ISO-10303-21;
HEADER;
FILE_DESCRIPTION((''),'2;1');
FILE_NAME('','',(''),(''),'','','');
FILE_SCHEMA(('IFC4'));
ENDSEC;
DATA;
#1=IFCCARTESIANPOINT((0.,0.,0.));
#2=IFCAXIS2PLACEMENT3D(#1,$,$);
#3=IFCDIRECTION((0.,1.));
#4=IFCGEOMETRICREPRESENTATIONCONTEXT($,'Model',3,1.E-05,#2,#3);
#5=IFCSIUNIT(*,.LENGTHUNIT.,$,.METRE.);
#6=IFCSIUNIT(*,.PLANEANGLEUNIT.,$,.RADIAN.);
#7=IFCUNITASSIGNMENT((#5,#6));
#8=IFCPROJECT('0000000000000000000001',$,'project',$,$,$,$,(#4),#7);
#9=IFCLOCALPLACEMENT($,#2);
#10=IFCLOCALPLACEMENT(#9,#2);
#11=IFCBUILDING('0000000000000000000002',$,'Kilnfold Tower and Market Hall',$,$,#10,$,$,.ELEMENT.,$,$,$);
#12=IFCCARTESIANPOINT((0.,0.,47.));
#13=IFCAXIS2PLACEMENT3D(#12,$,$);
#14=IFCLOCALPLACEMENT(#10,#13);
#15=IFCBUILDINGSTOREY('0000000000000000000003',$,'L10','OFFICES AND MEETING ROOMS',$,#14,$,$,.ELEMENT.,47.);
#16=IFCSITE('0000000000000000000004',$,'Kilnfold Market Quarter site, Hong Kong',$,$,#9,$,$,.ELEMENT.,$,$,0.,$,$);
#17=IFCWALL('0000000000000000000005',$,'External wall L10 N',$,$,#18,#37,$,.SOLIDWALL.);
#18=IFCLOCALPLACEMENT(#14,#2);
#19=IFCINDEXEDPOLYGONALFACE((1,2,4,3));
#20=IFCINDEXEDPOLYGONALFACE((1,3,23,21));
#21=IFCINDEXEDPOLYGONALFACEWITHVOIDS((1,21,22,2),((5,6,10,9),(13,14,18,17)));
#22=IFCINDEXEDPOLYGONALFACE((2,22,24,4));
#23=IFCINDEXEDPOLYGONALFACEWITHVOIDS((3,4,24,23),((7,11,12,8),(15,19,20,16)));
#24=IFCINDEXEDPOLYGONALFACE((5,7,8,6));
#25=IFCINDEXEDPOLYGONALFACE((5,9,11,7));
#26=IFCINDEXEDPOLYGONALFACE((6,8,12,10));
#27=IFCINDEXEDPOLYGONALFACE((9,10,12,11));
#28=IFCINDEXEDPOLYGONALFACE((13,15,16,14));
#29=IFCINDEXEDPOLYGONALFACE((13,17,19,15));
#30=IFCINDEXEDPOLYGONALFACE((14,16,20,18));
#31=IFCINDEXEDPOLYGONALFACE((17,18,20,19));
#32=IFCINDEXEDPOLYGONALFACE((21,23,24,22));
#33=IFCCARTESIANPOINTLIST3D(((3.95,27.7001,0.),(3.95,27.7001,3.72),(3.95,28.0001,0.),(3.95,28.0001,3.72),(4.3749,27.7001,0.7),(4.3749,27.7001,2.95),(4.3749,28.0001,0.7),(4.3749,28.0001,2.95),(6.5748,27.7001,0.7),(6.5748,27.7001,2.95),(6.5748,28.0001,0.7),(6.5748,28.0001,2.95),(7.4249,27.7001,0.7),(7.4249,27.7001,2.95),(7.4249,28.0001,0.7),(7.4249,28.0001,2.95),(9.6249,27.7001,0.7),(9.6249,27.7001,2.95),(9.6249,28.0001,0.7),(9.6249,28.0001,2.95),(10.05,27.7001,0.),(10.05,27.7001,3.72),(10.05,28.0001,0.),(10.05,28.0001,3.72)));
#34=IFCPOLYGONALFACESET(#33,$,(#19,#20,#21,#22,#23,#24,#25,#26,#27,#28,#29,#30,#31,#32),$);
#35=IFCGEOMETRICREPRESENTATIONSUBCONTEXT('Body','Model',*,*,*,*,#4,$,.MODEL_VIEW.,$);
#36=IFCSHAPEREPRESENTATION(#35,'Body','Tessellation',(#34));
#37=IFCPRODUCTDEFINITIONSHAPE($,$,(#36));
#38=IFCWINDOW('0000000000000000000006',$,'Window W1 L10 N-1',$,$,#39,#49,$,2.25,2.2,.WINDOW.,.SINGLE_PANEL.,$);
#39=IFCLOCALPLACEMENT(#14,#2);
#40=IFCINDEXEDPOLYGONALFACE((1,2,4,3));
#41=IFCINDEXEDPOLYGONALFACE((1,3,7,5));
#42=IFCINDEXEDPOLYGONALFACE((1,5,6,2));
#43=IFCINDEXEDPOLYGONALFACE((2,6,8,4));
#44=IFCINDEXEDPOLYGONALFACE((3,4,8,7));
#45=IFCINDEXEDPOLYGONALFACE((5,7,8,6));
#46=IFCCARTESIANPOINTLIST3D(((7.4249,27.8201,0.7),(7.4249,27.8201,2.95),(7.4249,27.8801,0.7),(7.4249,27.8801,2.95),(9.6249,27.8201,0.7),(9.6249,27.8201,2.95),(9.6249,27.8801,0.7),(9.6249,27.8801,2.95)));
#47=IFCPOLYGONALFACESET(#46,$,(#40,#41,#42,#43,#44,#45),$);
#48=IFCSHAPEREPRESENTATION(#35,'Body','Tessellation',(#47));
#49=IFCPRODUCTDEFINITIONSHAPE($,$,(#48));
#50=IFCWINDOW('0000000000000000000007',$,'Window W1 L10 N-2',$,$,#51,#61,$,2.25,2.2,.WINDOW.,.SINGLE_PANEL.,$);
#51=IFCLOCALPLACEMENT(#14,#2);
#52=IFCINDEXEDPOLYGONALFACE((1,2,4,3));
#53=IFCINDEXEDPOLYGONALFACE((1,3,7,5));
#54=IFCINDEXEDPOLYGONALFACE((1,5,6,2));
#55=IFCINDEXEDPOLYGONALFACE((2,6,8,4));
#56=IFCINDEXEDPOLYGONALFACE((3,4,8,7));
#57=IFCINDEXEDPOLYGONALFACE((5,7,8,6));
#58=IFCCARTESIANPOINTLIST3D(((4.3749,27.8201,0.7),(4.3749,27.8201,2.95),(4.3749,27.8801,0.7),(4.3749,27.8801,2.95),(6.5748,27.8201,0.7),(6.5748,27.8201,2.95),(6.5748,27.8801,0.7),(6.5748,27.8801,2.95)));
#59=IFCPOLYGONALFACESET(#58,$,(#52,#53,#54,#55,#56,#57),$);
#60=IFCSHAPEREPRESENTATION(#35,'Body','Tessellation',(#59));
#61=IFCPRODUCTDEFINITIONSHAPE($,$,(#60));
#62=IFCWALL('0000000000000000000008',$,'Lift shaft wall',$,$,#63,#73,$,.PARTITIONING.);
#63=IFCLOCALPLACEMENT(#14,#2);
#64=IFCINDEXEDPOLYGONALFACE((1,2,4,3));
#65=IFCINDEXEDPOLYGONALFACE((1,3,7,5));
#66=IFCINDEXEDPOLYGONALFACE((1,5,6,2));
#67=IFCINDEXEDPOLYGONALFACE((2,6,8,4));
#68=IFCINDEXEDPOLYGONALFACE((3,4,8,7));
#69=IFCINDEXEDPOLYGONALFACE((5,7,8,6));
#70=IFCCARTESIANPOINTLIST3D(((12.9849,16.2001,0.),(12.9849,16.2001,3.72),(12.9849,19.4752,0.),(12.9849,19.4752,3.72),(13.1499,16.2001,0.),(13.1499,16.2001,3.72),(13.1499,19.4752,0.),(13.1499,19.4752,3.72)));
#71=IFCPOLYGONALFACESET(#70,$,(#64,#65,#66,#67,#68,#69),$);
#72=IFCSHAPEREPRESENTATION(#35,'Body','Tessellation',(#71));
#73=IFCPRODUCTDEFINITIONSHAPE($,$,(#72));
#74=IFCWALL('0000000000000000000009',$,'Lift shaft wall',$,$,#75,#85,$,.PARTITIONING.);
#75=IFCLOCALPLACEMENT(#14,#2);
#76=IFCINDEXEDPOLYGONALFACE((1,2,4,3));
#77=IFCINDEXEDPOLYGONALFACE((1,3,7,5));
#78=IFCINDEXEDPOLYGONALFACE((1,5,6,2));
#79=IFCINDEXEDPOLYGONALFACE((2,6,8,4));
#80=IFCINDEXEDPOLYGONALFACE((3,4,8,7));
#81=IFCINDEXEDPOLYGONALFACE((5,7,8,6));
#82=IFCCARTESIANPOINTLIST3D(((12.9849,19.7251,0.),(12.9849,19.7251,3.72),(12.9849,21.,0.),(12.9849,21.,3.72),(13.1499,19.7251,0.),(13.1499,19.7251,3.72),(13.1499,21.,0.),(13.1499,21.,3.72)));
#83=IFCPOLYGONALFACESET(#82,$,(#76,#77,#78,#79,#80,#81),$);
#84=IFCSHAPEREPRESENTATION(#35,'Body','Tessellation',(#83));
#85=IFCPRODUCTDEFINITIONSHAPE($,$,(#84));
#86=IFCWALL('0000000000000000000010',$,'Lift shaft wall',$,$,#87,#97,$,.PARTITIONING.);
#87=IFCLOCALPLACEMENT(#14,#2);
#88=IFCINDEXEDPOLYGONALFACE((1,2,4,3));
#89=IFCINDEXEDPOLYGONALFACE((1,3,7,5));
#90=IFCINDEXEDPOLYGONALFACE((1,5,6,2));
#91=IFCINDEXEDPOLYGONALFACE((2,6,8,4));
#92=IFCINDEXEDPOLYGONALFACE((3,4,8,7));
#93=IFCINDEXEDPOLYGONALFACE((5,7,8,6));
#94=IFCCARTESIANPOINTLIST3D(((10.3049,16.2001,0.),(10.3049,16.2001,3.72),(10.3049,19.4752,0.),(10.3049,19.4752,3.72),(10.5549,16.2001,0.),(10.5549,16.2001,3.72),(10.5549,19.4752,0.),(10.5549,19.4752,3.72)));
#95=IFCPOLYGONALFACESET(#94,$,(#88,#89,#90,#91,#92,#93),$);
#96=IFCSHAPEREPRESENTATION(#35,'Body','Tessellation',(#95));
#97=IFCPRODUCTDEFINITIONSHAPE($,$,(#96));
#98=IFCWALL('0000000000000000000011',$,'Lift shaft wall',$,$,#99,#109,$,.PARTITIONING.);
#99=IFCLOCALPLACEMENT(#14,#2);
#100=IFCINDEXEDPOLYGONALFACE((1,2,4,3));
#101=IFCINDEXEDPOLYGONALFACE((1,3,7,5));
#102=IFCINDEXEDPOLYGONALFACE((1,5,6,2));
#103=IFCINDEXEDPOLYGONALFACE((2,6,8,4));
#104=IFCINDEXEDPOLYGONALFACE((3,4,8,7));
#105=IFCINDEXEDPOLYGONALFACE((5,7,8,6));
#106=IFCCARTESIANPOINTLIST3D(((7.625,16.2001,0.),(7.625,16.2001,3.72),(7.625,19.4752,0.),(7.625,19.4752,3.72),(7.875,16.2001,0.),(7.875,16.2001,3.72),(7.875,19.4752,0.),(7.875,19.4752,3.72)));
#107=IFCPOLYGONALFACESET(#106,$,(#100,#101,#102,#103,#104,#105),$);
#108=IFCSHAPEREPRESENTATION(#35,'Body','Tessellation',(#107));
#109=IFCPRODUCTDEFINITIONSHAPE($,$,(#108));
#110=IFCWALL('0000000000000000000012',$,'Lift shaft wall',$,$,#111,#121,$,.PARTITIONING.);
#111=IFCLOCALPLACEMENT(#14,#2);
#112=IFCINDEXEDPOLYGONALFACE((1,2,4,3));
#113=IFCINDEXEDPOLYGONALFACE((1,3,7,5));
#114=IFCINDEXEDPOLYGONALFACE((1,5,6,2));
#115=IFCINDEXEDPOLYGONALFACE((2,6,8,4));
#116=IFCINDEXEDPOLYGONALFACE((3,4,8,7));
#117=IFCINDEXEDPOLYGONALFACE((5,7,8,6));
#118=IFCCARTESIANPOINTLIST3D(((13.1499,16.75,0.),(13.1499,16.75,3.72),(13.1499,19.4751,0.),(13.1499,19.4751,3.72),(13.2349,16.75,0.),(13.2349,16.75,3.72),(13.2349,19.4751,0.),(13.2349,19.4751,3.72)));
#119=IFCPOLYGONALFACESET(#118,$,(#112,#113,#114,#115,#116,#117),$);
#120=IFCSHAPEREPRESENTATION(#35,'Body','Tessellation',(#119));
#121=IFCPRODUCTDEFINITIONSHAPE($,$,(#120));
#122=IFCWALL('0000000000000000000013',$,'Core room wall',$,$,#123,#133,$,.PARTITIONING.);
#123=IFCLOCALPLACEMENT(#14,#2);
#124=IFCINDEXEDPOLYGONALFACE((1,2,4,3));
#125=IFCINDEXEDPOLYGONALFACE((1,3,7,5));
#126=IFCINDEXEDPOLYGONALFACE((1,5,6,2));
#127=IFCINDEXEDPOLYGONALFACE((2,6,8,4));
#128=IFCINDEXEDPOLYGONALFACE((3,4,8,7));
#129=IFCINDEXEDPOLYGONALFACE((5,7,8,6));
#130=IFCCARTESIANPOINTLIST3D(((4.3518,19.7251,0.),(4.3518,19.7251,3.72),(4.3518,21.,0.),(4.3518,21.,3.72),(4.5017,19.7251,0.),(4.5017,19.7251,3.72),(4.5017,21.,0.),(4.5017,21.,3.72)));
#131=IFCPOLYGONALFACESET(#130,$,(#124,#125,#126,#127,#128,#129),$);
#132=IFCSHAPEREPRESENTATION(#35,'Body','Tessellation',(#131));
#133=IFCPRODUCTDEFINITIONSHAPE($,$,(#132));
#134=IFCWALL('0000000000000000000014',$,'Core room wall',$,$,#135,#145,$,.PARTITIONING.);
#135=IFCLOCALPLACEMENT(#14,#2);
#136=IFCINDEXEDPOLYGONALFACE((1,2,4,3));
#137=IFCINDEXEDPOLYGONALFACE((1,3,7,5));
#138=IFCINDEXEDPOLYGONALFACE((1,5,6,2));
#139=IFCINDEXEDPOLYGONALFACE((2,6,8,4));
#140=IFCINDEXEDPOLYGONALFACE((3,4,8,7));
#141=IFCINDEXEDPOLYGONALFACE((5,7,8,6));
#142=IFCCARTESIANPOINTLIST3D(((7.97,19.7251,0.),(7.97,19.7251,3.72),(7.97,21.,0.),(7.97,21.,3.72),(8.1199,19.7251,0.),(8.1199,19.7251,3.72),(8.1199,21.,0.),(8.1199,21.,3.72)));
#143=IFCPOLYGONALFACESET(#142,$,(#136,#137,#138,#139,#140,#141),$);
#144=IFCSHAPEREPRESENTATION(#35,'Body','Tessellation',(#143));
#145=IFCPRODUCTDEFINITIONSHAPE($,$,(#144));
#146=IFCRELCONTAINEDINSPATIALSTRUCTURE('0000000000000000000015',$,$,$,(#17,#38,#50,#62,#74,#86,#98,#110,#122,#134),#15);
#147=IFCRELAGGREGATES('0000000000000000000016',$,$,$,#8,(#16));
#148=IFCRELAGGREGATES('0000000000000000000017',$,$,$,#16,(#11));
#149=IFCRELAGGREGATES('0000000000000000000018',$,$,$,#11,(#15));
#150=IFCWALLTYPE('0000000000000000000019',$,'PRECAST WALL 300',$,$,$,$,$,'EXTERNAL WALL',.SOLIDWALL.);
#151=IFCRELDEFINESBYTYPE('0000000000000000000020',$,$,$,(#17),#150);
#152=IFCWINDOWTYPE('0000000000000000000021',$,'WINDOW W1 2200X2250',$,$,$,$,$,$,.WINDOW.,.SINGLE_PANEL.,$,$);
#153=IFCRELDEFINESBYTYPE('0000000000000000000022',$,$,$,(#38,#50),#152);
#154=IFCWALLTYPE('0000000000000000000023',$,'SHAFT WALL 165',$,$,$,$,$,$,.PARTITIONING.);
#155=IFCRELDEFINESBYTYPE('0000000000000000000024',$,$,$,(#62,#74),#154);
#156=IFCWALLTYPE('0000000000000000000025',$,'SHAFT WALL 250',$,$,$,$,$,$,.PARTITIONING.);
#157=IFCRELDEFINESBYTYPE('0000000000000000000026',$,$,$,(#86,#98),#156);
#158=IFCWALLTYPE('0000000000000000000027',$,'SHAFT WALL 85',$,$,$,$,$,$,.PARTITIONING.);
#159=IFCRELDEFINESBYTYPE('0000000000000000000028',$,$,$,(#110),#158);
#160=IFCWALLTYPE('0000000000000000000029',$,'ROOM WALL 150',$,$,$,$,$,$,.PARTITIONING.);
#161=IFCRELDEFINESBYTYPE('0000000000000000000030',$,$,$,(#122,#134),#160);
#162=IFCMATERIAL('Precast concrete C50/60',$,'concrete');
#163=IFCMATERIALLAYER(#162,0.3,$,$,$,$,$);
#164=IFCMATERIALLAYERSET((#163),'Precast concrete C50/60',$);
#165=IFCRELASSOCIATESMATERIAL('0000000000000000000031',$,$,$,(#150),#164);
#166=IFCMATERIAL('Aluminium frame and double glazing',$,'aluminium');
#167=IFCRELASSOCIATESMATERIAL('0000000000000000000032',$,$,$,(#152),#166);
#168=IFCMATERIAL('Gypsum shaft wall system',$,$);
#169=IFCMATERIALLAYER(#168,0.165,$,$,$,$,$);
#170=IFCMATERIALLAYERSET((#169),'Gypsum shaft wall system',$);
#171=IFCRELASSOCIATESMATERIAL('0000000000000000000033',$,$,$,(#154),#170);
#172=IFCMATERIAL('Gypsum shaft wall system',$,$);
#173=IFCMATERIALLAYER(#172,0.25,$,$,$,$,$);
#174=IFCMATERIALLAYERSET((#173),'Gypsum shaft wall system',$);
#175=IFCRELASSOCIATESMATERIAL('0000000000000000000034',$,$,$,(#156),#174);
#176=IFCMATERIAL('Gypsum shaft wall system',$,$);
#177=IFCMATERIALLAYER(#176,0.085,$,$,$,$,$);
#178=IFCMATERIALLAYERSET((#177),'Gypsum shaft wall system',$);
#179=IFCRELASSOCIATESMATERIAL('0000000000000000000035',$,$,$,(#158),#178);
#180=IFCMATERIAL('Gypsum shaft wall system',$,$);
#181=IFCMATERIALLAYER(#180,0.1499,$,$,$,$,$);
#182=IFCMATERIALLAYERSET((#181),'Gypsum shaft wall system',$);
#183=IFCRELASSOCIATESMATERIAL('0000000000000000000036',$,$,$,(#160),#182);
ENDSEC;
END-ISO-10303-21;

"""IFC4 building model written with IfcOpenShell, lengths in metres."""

from ifc_helpers import new_model, si_unit, direction, frame, frame_2d, origin, place, context, subcontext, project, spatial, rectangle, extrude, source, transform, mapped, material, layer, layer_set, type_object, element, fill, save


model = new_model("IFC4")

# Units and contexts
model_context = context("Model", 3, precision=1e-05, world=origin(), true_north=direction((0.0, 1.0)))
body_context = subcontext(model_context, "Body", "Model", "MODEL_VIEW")
ifc_project = project(units=[si_unit("LENGTHUNIT", "METRE"), si_unit("PLANEANGLEUNIT", "RADIAN")], contexts=[model_context])

# Site, building, storey
site_placement = place(None, origin())
site = spatial("IfcSite", under=ifc_project, at=site_placement, Name="Kilnfold Market Quarter site, Hong Kong", CompositionType="ELEMENT", RefElevation=0.0)
building_placement = place(site_placement, origin())
building = spatial("IfcBuilding", under=site, at=building_placement, Name="Kilnfold Tower and Market Hall", CompositionType="ELEMENT")
storey_placement = place(building_placement, frame((0.0, 0.0, 47.0)))
storey = spatial("IfcBuildingStorey", under=building, at=storey_placement, Name="L10", Description="OFFICES AND MEETING ROOMS", CompositionType="ELEMENT", Elevation=47.0)

# Wall, openings, windows
ifc_material_1 = material(Name="Precast concrete C50/60", Category="concrete")
ifc_layer_1 = layer(ifc_material_1, 0.3)
ifc_layer_set_1 = layer_set([ifc_layer_1], Name="Precast concrete C50/60")
wall_type_1 = type_object("IfcWallType", Name="PRECAST WALL 300", ElementType="EXTERNAL WALL", PredefinedType="SOLIDWALL", material=ifc_layer_set_1)
shared_shape_1 = source(origin(), body_context, "Body", "SweptSolid", [
    extrude(rectangle(XDim=6.1001, YDim=0.3, at=frame_2d((3.05, 0.0))), origin(), (0.0, 0.0, 1.0), 3.72),
])
ifc_material_2 = material(Name="Aluminium frame and double glazing", Category="aluminium")
window_type = type_object("IfcWindowType", Name="WINDOW W1 2200X2250", PartitioningType="SINGLE_PANEL", PredefinedType="WINDOW", material=ifc_material_2)
wall_1_placement = place(storey_placement, frame((10.05, 27.8501, 0.0), z_axis=(0.0, 0.0, 1.0), x_axis=(-1.0, 0.0, 0.0)))
wall_1 = element("IfcWall", 1, at=wall_1_placement, inside=storey, type_object=wall_type_1, Name="External wall L10 N", PredefinedType="SOLIDWALL", context=body_context, shape_type="MappedRepresentation", body=[
    mapped(shared_shape_1, transform((0.0, 0.0, 0.0))),
])
opening_1_placement = place(wall_1_placement, frame((0.425, 0.0, 0.7)))
opening_1 = element("IfcOpeningElement", 2, at=opening_1_placement, cuts=wall_1, PredefinedType="OPENING", context=body_context, shape_type="SweptSolid", body=[
    extrude(rectangle(XDim=2.2, YDim=2.25, at=frame_2d((1.1001, 1.125))), frame((0.0, 0.1602, 0.0), z_axis=(0.0, -1.0, 0.0), x_axis=(1.0, 0.0, 0.0)), (0.0, 0.0, 1.0), 0.3201),
])
opening_2_placement = place(wall_1_placement, frame((3.4751, 0.0, 0.7)))
opening_2 = element("IfcOpeningElement", 3, at=opening_2_placement, cuts=wall_1, PredefinedType="OPENING", context=body_context, shape_type="SweptSolid", body=[
    extrude(rectangle(XDim=2.2, YDim=2.25, at=frame_2d((1.1001, 1.125))), frame((0.0, 0.1602, 0.0), z_axis=(0.0, -1.0, 0.0), x_axis=(1.0, 0.0, 0.0)), (0.0, 0.0, 1.0), 0.3201),
])
window_1_placement = place(opening_1_placement, origin())
window_1 = element("IfcWindow", 4, at=window_1_placement, inside=storey, type_object=window_type, Name="Window W1 L10 N-1", OverallHeight=2.25, OverallWidth=2.2, PartitioningType="SINGLE_PANEL", PredefinedType="WINDOW", context=body_context, shape_type="SweptSolid", body=[
    extrude(rectangle(XDim=2.2, YDim=2.25, at=frame_2d((1.1001, 1.125))), frame((0.0, 0.03, 0.0), z_axis=(0.0, -1.0, 0.0), x_axis=(1.0, 0.0, 0.0)), (0.0, 0.0, 1.0), 0.0601),
])
fill(opening_1, window_1)
window_2_placement = place(opening_2_placement, origin())
window_2 = element("IfcWindow", 5, at=window_2_placement, inside=storey, type_object=window_type, Name="Window W1 L10 N-2", OverallHeight=2.25, OverallWidth=2.2, PartitioningType="SINGLE_PANEL", PredefinedType="WINDOW", context=body_context, shape_type="SweptSolid", body=[
    extrude(rectangle(XDim=2.2, YDim=2.25, at=frame_2d((1.1001, 1.125))), frame((0.0, 0.03, 0.0), z_axis=(0.0, -1.0, 0.0), x_axis=(1.0, 0.0, 0.0)), (0.0, 0.0, 1.0), 0.0601),
])
fill(opening_2, window_2)

# Walls
ifc_material_3 = material(Name="Gypsum shaft wall system")
ifc_layer_2 = layer(ifc_material_3, 0.165)
ifc_layer_set_2 = layer_set([ifc_layer_2], Name="Gypsum shaft wall system")
wall_type_2 = type_object("IfcWallType", Name="SHAFT WALL 165", PredefinedType="PARTITIONING", material=ifc_layer_set_2)
shared_shape_2 = source(origin(), body_context, "Body", "SweptSolid", [
    extrude(rectangle(XDim=3.2751, YDim=0.165, at=frame_2d((1.6377, 0.0))), origin(), (0.0, 0.0, 1.0), 3.72),
])
wall_2_placement = place(storey_placement, frame((13.0674, 16.2, 0.0), z_axis=(0.0, 0.0, 1.0), x_axis=(0.0, 1.0, 0.0)))
element("IfcWall", 6, at=wall_2_placement, inside=storey, type_object=wall_type_2, Name="Lift shaft wall", PredefinedType="PARTITIONING", context=body_context, shape_type="MappedRepresentation", body=[
    mapped(shared_shape_2, transform((0.0, 0.0, 0.0))),
])
shared_shape_3 = source(origin(), body_context, "Body", "SweptSolid", [
    extrude(rectangle(XDim=1.2749, YDim=0.165, at=frame_2d((0.6375, 0.0))), origin(), (0.0, 0.0, 1.0), 3.72),
])
wall_3_placement = place(storey_placement, frame((13.0674, 19.7251, 0.0), z_axis=(0.0, 0.0, 1.0), x_axis=(0.0, 1.0, 0.0)))
element("IfcWall", 7, at=wall_3_placement, inside=storey, type_object=wall_type_2, Name="Lift shaft wall", PredefinedType="PARTITIONING", context=body_context, shape_type="MappedRepresentation", body=[
    mapped(shared_shape_3, transform((0.0, 0.0, 0.0))),
])
ifc_material_4 = material(Name="Gypsum shaft wall system")
ifc_layer_3 = layer(ifc_material_4, 0.25)
ifc_layer_set_3 = layer_set([ifc_layer_3], Name="Gypsum shaft wall system")
wall_type_3 = type_object("IfcWallType", Name="SHAFT WALL 250", PredefinedType="PARTITIONING", material=ifc_layer_set_3)
shared_shape_4 = source(origin(), body_context, "Body", "SweptSolid", [
    extrude(rectangle(XDim=3.2751, YDim=0.25, at=frame_2d((1.6377, 0.0))), origin(), (0.0, 0.0, 1.0), 3.72),
])
for number, where, z_axis, x_axis, name in (
    (8, (10.4299, 16.2, 0.0), (0.0, 0.0, 1.0), (0.0, 1.0, 0.0), "Lift shaft wall"),
    (9, (7.75, 16.2, 0.0), (0.0, 0.0, 1.0), (0.0, 1.0, 0.0), "Lift shaft wall"),
):
    element("IfcWall", number, at=place(storey_placement, frame(where, z_axis=z_axis, x_axis=x_axis)), inside=storey, type_object=wall_type_3, Name=name, PredefinedType="PARTITIONING", context=body_context, shape_type="MappedRepresentation", body=[
        mapped(shared_shape_4, transform((0.0, 0.0, 0.0))),
    ])
ifc_material_5 = material(Name="Gypsum shaft wall system")
ifc_layer_4 = layer(ifc_material_5, 0.085)
ifc_layer_set_4 = layer_set([ifc_layer_4], Name="Gypsum shaft wall system")
wall_type_4 = type_object("IfcWallType", Name="SHAFT WALL 85", PredefinedType="PARTITIONING", material=ifc_layer_set_4)
shared_shape_5 = source(origin(), body_context, "Body", "SweptSolid", [
    extrude(rectangle(XDim=2.7251, YDim=0.085, at=frame_2d((1.3625, 0.0))), origin(), (0.0, 0.0, 1.0), 3.72),
])
wall_4_placement = place(storey_placement, frame((13.1924, 16.75, 0.0), z_axis=(0.0, 0.0, 1.0), x_axis=(0.0, 1.0, 0.0)))
element("IfcWall", 10, at=wall_4_placement, inside=storey, type_object=wall_type_4, Name="Lift shaft wall", PredefinedType="PARTITIONING", context=body_context, shape_type="MappedRepresentation", body=[
    mapped(shared_shape_5, transform((0.0, 0.0, 0.0))),
])
ifc_material_6 = material(Name="Gypsum shaft wall system")
ifc_layer_5 = layer(ifc_material_6, 0.1499)
ifc_layer_set_5 = layer_set([ifc_layer_5], Name="Gypsum shaft wall system")
wall_type_5 = type_object("IfcWallType", Name="ROOM WALL 150", PredefinedType="PARTITIONING", material=ifc_layer_set_5)
shared_shape_6 = source(origin(), body_context, "Body", "SweptSolid", [
    extrude(rectangle(XDim=1.2749, YDim=0.1499, at=frame_2d((0.6375, 0.0))), origin(), (0.0, 0.0, 1.0), 3.72),
])
for number, where, z_axis, x_axis, name in (
    (11, (4.4268, 19.7251, 0.0), (0.0, 0.0, 1.0), (0.0, 1.0, 0.0), "Core room wall"),
    (12, (8.0449, 19.7251, 0.0), (0.0, 0.0, 1.0), (0.0, 1.0, 0.0), "Core room wall"),
):
    element("IfcWall", number, at=place(storey_placement, frame(where, z_axis=z_axis, x_axis=x_axis)), inside=storey, type_object=wall_type_5, Name=name, PredefinedType="PARTITIONING", context=body_context, shape_type="MappedRepresentation", body=[
        mapped(shared_shape_6, transform((0.0, 0.0, 0.0))),
    ])

save(model, "model.ifc")
